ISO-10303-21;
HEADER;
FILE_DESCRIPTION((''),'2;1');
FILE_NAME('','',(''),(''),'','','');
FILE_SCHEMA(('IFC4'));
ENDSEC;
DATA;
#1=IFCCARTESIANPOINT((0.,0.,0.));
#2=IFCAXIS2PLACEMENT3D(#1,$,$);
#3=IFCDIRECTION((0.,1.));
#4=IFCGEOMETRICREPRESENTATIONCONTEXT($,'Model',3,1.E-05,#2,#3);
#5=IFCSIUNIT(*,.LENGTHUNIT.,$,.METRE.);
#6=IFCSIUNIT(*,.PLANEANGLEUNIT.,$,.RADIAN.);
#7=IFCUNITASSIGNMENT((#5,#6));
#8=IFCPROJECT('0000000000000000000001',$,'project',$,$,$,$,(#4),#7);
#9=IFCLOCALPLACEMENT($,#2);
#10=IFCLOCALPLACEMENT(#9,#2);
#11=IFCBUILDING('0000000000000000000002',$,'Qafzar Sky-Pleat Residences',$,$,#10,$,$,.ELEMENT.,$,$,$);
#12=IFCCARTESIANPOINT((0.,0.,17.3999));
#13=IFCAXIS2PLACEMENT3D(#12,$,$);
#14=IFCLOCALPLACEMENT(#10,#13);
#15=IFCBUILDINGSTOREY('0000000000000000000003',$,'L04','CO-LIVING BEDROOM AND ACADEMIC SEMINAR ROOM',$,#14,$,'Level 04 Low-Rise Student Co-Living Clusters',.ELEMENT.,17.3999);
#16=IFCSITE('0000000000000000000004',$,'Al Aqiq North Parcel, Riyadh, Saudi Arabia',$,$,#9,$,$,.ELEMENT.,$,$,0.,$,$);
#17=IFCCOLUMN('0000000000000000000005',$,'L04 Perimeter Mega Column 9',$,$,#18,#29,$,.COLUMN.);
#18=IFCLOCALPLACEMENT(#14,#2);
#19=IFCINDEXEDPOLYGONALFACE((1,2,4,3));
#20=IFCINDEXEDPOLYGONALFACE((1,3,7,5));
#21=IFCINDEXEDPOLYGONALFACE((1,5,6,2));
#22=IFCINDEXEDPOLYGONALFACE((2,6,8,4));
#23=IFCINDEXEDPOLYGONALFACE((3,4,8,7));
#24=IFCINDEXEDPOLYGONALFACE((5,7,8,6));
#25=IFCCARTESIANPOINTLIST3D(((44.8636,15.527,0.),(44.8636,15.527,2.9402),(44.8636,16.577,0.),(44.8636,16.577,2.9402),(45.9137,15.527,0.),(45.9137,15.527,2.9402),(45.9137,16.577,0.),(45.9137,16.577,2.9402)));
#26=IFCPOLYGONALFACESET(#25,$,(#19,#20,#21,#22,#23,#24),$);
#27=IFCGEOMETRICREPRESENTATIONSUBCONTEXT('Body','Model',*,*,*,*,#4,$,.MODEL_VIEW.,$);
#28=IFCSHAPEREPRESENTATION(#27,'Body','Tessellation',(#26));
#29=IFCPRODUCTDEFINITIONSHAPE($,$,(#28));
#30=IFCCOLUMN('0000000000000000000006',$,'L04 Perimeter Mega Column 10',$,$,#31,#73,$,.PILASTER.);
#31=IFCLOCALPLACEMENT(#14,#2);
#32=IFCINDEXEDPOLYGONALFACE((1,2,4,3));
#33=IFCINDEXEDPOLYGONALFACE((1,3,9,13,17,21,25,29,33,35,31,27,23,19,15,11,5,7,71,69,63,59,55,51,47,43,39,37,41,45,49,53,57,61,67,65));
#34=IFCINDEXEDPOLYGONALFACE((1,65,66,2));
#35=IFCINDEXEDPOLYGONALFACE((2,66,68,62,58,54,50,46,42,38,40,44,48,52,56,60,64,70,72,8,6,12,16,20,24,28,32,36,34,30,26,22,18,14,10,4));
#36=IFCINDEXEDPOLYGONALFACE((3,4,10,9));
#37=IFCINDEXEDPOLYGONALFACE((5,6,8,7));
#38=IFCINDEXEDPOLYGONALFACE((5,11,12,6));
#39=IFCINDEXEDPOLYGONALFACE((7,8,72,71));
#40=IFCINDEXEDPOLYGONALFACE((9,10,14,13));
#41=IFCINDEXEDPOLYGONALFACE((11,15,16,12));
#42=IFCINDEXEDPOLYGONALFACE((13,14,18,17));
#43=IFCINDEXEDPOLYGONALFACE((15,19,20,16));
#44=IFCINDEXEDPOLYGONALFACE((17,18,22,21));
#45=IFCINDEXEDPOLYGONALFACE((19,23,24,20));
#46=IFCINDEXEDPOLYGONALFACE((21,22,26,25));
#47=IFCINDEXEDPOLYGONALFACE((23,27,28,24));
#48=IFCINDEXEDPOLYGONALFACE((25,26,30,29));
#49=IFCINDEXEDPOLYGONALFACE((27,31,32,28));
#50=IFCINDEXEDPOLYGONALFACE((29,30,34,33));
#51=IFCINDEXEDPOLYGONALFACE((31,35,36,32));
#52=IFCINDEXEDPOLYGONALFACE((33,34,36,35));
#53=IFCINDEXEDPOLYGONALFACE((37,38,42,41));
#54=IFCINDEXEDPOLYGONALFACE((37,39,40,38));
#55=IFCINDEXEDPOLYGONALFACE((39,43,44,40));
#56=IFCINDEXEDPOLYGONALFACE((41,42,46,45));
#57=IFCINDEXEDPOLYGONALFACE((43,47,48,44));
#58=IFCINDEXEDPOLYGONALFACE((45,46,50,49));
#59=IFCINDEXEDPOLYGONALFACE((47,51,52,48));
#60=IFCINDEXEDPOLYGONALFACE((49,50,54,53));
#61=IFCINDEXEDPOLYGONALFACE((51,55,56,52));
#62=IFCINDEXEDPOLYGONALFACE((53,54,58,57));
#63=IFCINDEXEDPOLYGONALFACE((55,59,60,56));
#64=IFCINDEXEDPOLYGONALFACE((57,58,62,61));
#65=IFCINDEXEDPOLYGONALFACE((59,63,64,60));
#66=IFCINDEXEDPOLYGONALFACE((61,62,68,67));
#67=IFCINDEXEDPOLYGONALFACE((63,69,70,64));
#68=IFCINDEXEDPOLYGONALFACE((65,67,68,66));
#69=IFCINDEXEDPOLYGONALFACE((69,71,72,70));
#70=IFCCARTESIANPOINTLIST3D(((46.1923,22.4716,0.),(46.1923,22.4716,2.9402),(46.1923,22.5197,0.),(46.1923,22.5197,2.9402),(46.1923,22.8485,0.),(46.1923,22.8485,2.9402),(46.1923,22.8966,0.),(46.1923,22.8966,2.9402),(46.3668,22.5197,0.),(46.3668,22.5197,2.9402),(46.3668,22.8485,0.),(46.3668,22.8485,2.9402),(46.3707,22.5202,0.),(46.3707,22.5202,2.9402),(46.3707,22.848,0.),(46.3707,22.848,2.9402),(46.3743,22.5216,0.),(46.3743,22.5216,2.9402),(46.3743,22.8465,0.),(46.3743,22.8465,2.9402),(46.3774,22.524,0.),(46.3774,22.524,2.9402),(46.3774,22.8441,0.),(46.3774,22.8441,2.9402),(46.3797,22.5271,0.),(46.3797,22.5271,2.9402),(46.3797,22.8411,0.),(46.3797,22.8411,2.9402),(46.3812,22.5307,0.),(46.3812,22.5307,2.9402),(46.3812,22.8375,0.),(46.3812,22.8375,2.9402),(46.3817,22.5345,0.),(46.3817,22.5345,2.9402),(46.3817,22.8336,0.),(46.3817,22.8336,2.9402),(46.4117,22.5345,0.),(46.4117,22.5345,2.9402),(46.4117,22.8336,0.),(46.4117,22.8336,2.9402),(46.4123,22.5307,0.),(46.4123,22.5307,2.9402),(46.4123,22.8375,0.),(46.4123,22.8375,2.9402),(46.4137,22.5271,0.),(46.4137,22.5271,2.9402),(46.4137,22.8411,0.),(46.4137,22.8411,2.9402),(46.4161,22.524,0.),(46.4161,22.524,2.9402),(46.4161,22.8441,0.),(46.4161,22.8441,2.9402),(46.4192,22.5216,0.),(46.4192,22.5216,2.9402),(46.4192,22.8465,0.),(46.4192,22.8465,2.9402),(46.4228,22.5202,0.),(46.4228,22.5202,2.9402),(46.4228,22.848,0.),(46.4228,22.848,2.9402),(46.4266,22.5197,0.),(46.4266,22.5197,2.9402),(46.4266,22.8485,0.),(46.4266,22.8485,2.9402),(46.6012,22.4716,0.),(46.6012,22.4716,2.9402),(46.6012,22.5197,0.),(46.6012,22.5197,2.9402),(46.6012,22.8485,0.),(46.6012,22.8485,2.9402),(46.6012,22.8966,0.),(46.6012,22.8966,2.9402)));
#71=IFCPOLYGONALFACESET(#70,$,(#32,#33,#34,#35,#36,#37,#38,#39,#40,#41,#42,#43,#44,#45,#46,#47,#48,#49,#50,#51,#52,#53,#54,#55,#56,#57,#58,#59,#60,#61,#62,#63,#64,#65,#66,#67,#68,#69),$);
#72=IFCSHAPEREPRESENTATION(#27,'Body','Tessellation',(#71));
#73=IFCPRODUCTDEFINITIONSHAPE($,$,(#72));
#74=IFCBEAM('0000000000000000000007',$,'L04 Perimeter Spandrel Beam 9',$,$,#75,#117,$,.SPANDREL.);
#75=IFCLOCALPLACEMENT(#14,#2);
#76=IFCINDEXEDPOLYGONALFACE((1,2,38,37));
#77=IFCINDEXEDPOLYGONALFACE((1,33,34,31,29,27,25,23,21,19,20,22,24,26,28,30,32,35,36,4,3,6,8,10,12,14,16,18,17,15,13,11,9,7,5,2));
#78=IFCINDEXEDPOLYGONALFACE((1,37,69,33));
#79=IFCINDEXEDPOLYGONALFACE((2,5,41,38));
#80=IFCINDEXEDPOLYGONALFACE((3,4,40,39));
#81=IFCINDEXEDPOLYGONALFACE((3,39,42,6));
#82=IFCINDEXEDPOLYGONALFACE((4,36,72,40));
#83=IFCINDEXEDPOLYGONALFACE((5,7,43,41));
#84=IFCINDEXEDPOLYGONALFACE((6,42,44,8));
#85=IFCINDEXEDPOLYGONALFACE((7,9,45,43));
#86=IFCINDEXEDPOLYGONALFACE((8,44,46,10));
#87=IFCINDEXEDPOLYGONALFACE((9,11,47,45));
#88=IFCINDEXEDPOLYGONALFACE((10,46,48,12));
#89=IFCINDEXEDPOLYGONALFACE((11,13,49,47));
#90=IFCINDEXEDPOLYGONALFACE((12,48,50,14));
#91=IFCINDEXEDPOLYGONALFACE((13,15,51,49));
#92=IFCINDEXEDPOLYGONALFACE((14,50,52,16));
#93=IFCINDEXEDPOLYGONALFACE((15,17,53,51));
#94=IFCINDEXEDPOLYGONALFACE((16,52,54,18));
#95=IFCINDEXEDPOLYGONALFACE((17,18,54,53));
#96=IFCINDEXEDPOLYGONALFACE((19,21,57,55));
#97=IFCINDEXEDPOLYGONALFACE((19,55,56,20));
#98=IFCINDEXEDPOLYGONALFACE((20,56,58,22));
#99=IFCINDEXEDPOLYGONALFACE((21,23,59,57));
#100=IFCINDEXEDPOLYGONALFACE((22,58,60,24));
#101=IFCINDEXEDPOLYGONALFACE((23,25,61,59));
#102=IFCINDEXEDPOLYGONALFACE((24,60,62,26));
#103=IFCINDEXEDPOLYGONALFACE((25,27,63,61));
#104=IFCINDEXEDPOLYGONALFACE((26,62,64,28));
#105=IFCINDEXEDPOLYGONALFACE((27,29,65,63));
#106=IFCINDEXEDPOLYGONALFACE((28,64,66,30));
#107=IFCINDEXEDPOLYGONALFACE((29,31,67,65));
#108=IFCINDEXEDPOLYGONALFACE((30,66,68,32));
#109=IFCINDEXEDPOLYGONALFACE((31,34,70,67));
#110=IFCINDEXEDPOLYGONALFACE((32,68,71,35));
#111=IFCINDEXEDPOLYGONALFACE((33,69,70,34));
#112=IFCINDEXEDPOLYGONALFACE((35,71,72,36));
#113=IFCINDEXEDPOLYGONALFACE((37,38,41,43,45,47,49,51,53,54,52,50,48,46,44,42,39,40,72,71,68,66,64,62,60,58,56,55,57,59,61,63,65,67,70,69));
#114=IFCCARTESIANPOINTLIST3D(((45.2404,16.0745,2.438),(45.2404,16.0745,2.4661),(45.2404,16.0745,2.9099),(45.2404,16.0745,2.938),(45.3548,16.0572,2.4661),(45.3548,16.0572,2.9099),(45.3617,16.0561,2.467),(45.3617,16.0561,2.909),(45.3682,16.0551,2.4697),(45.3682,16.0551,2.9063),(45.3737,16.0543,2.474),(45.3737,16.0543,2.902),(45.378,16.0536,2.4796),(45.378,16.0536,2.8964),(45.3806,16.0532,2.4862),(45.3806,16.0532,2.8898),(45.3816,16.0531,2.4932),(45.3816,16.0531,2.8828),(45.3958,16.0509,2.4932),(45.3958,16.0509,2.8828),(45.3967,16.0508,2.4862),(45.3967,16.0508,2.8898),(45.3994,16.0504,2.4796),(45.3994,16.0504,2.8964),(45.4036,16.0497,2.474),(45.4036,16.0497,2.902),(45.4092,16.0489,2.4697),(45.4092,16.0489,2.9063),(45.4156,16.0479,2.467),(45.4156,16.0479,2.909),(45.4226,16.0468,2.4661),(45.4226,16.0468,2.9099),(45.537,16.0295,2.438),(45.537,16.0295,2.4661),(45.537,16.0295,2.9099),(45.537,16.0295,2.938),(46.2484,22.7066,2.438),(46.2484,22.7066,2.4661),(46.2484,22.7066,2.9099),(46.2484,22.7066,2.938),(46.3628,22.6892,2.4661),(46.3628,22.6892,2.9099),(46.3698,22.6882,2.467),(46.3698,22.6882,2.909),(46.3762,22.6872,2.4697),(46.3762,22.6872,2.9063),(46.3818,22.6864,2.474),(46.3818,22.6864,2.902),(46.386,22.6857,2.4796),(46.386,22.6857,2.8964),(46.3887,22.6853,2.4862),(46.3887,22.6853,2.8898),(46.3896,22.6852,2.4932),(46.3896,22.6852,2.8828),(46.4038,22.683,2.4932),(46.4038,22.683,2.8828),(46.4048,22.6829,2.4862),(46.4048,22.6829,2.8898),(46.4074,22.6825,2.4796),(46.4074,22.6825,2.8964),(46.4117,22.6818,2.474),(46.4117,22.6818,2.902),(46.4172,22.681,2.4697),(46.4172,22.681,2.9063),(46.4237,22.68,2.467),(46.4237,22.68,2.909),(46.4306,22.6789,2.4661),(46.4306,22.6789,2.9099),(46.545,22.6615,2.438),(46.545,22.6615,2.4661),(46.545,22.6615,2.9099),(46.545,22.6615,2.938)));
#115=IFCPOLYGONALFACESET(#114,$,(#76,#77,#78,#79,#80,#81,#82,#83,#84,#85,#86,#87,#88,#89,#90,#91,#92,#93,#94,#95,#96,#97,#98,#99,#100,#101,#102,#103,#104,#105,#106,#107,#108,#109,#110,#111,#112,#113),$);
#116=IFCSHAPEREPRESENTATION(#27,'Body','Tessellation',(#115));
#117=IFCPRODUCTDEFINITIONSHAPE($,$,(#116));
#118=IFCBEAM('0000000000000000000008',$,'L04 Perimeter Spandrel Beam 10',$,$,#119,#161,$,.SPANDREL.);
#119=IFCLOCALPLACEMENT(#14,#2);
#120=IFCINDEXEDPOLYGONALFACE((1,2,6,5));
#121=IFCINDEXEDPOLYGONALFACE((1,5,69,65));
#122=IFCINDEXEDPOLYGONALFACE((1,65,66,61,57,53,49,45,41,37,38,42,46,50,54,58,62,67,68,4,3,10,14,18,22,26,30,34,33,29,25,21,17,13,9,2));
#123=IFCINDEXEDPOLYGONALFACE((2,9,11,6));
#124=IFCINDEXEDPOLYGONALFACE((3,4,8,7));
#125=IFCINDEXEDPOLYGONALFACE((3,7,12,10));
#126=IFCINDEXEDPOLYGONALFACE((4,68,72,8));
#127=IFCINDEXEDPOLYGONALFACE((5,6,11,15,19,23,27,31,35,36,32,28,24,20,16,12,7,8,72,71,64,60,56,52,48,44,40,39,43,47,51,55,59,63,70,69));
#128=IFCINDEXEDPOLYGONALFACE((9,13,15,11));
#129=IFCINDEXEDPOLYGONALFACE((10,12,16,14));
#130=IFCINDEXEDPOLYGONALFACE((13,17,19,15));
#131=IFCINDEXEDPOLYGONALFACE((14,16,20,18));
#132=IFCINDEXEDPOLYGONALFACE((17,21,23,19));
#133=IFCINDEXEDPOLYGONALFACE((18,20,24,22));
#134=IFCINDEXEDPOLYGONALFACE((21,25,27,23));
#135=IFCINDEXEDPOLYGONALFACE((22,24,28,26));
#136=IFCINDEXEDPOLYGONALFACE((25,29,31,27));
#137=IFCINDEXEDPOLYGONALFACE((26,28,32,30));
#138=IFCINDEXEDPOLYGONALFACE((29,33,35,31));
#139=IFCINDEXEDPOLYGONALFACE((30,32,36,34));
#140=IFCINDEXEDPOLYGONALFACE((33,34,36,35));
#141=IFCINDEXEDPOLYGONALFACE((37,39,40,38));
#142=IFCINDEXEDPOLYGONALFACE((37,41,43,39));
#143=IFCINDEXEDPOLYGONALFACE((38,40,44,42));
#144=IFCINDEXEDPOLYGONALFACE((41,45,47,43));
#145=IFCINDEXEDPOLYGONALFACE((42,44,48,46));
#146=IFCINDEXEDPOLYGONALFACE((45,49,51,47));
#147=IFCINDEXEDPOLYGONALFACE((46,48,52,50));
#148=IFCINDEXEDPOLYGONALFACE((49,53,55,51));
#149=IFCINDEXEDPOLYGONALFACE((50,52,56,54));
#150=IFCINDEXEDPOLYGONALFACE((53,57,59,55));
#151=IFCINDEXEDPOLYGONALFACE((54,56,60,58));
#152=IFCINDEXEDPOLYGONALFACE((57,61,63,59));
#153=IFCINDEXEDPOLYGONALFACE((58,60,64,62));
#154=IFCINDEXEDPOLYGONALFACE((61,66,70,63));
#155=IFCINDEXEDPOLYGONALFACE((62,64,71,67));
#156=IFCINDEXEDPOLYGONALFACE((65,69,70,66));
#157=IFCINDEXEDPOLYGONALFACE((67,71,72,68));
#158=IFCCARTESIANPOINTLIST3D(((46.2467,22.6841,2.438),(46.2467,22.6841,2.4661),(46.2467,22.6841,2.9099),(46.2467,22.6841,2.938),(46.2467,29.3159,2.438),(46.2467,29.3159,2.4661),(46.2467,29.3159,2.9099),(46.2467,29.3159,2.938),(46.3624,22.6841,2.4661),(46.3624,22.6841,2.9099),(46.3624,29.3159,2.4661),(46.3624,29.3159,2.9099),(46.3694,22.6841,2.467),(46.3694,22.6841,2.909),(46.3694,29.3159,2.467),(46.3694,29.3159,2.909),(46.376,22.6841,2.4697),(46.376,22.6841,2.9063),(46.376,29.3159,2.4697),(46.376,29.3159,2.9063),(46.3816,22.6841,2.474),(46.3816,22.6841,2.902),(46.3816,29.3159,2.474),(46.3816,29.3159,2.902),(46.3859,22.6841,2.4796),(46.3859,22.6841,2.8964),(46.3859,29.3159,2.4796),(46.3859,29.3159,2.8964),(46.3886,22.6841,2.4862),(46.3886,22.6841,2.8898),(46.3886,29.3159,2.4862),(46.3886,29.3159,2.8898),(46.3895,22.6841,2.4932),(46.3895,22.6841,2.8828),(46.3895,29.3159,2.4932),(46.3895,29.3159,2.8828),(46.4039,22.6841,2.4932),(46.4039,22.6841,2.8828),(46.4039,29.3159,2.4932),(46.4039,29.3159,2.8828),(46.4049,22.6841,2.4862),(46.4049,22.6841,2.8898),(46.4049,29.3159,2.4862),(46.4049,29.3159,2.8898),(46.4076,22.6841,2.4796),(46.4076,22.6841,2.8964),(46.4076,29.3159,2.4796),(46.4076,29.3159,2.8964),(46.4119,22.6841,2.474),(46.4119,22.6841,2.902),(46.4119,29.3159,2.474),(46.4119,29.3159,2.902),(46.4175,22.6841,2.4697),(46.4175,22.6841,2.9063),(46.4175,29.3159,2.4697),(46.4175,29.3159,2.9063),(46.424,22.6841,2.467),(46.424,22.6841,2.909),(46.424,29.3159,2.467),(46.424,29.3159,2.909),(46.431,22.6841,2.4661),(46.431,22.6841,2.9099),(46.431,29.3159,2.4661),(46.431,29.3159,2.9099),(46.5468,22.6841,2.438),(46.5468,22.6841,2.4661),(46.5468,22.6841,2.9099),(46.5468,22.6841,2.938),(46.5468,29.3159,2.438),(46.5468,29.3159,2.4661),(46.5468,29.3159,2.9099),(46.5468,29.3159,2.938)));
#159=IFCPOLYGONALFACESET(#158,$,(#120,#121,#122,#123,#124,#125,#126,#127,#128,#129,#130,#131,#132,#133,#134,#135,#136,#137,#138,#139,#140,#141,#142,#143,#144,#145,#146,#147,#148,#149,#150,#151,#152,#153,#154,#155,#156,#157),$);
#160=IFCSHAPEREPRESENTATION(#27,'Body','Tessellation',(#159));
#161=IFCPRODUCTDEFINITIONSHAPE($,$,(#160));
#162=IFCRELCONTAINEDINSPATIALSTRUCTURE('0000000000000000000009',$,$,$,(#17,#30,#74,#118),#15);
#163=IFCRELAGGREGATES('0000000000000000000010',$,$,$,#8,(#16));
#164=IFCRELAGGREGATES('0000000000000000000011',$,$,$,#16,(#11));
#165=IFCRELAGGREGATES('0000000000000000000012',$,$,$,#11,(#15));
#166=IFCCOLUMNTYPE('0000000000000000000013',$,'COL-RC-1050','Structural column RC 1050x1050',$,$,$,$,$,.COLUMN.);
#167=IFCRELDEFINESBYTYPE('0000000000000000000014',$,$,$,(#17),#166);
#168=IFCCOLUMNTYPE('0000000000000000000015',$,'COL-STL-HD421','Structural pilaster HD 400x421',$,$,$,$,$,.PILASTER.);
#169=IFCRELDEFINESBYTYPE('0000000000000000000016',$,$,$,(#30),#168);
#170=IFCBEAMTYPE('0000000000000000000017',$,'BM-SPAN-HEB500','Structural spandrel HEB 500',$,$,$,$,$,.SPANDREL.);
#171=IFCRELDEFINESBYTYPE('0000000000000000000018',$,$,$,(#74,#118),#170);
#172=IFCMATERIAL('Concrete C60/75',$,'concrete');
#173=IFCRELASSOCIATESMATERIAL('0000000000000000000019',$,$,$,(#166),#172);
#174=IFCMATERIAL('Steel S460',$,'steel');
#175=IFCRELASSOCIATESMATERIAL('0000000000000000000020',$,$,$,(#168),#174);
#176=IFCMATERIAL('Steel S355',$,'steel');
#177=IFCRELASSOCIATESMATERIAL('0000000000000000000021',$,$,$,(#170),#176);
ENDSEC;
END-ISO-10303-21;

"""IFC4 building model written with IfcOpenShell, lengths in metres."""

from ifc_helpers import new_model, si_unit, direction, frame, origin, origin_2d, place, context, subcontext, project, spatial, rectangle, i_section, extrude, source, transform, mapped, material, material_profile, profile_set, type_object, element, save


model = new_model("IFC4")

# Units and contexts
model_context = context("Model", 3, precision=1e-05, world=origin(), true_north=direction((0.0, 1.0)))
body_context = subcontext(model_context, "Body", "Model", "MODEL_VIEW")
ifc_project = project(units=[si_unit("LENGTHUNIT", "METRE"), si_unit("PLANEANGLEUNIT", "RADIAN")], contexts=[model_context])

# Site, building, storey
site_placement = place(None, origin())
site = spatial("IfcSite", under=ifc_project, at=site_placement, Name="Al Aqiq North Parcel, Riyadh, Saudi Arabia", CompositionType="ELEMENT", RefElevation=0.0)
building_placement = place(site_placement, origin())
building = spatial("IfcBuilding", under=site, at=building_placement, Name="Qafzar Sky-Pleat Residences", CompositionType="ELEMENT")
storey_placement = place(building_placement, frame((0.0, 0.0, 17.3999)))
storey = spatial("IfcBuildingStorey", under=building, at=storey_placement, Name="L04", Description="CO-LIVING BEDROOM AND ACADEMIC SEMINAR ROOM", LongName="Level 04 Low-Rise Student Co-Living Clusters", CompositionType="ELEMENT", Elevation=17.3999)

# Columns
ifc_material_1 = material(Name="Concrete C60/75", Category="concrete")
ifc_material_profile_1 = material_profile(ifc_material_1, rectangle(XDim=1.05, YDim=1.05, at=origin_2d()), Name="RC 1050x1050")
ifc_profile_set_1 = profile_set([ifc_material_profile_1], Name="Concrete C60/75")
column_type_1 = type_object("IfcColumnType", Name="COL-RC-1050", Description="Structural column RC 1050x1050", PredefinedType="COLUMN", material=ifc_profile_set_1)
shared_shape_1 = source(origin(), body_context, "Body", "SweptSolid", [
    extrude(rectangle(XDim=1.05, YDim=1.05, at=origin_2d()), origin(), (0.0, 0.0, 1.0), 2.9402),
])
column_1_placement = place(storey_placement, frame((45.3887, 16.052, 0.0), z_axis=(0.0, 0.0, 1.0), x_axis=(1.0, 0.0, 0.0)))
element("IfcColumn", 1, at=column_1_placement, inside=storey, type_object=column_type_1, Name="L04 Perimeter Mega Column 9", PredefinedType="COLUMN", context=body_context, shape_type="MappedRepresentation", body=[
    mapped(shared_shape_1, transform((0.0, 0.0, 0.0), x_axis=(1.0, 0.0, 0.0), y_axis=(0.0, 1.0, 0.0), z_axis=(0.0, 0.0, 1.0), scale=1.0)),
])
ifc_material_2 = material(Name="Steel S460", Category="steel")
ifc_material_profile_2 = material_profile(ifc_material_2, i_section(OverallWidth=0.4089, OverallDepth=0.425, WebThickness=0.03, FlangeThickness=0.0481, FilletRadius=0.0149, at=origin_2d()), Name="HD 400x421")
ifc_profile_set_2 = profile_set([ifc_material_profile_2], Name="Steel S460")
column_type_2 = type_object("IfcColumnType", Name="COL-STL-HD421", Description="Structural pilaster HD 400x421", PredefinedType="PILASTER", material=ifc_profile_set_2)
shared_shape_2 = source(origin(), body_context, "Body", "SweptSolid", [
    extrude(i_section(OverallWidth=0.4089, OverallDepth=0.425, WebThickness=0.03, FlangeThickness=0.0481, FilletRadius=0.0149, at=origin_2d()), origin(), (0.0, 0.0, 1.0), 2.9402),
])
column_2_placement = place(storey_placement, frame((46.3967, 22.6841, 0.0), z_axis=(0.0, 0.0, 1.0), x_axis=(1.0, 0.0, 0.0)))
element("IfcColumn", 2, at=column_2_placement, inside=storey, type_object=column_type_2, Name="L04 Perimeter Mega Column 10", PredefinedType="PILASTER", context=body_context, shape_type="MappedRepresentation", body=[
    mapped(shared_shape_2, transform((0.0, 0.0, 0.0), x_axis=(1.0, 0.0, 0.0), y_axis=(0.0, 1.0, 0.0), z_axis=(0.0, 0.0, 1.0), scale=1.0)),
])

# Beams
ifc_material_3 = material(Name="Steel S355", Category="steel")
ifc_material_profile_3 = material_profile(ifc_material_3, i_section(OverallWidth=0.3, OverallDepth=0.5, WebThickness=0.0144, FlangeThickness=0.0281, FilletRadius=0.0271, at=origin_2d()), Name="HEB 500")
ifc_profile_set_3 = profile_set([ifc_material_profile_3], Name="Steel S355")
beam_type_1 = type_object("IfcBeamType", Name="BM-SPAN-HEB500", Description="Structural spandrel HEB 500", PredefinedType="SPANDREL", material=ifc_profile_set_3)
shared_shape_3 = source(origin(), body_context, "Body", "SweptSolid", [
    extrude(i_section(OverallWidth=0.3, OverallDepth=0.5, WebThickness=0.0144, FlangeThickness=0.0281, FilletRadius=0.0271, at=origin_2d()), origin(), (0.0, 0.0, 1.0), 6.7083),
])
beam_1_placement = place(storey_placement, frame((45.3887, 16.052, 2.688), z_axis=(0.150271, 0.988645, 0.0), x_axis=(-0.988645, 0.150271, 0.0)))
element("IfcBeam", 3, at=beam_1_placement, inside=storey, type_object=beam_type_1, Name="L04 Perimeter Spandrel Beam 9", PredefinedType="SPANDREL", context=body_context, shape_type="MappedRepresentation", body=[
    mapped(shared_shape_3, transform((0.0, 0.0, 0.0), x_axis=(1.0, 0.0, 0.0), y_axis=(0.0, 1.0, 0.0), z_axis=(0.0, 0.0, 1.0), scale=1.0)),
])
shared_shape_4 = source(origin(), body_context, "Body", "SweptSolid", [
    extrude(i_section(OverallWidth=0.3, OverallDepth=0.5, WebThickness=0.0144, FlangeThickness=0.0281, FilletRadius=0.0271, at=origin_2d()), origin(), (0.0, 0.0, 1.0), 6.6318),
])
beam_2_placement = place(storey_placement, frame((46.3967, 22.6841, 2.688), z_axis=(0.0, 1.0, 0.0), x_axis=(-1.0, 0.0, 0.0)))
element("IfcBeam", 4, at=beam_2_placement, inside=storey, type_object=beam_type_1, Name="L04 Perimeter Spandrel Beam 10", PredefinedType="SPANDREL", context=body_context, shape_type="MappedRepresentation", body=[
    mapped(shared_shape_4, transform((0.0, 0.0, 0.0), x_axis=(1.0, 0.0, 0.0), y_axis=(0.0, 1.0, 0.0), z_axis=(0.0, 0.0, 1.0), scale=1.0)),
])

save(model, "model.ifc")
